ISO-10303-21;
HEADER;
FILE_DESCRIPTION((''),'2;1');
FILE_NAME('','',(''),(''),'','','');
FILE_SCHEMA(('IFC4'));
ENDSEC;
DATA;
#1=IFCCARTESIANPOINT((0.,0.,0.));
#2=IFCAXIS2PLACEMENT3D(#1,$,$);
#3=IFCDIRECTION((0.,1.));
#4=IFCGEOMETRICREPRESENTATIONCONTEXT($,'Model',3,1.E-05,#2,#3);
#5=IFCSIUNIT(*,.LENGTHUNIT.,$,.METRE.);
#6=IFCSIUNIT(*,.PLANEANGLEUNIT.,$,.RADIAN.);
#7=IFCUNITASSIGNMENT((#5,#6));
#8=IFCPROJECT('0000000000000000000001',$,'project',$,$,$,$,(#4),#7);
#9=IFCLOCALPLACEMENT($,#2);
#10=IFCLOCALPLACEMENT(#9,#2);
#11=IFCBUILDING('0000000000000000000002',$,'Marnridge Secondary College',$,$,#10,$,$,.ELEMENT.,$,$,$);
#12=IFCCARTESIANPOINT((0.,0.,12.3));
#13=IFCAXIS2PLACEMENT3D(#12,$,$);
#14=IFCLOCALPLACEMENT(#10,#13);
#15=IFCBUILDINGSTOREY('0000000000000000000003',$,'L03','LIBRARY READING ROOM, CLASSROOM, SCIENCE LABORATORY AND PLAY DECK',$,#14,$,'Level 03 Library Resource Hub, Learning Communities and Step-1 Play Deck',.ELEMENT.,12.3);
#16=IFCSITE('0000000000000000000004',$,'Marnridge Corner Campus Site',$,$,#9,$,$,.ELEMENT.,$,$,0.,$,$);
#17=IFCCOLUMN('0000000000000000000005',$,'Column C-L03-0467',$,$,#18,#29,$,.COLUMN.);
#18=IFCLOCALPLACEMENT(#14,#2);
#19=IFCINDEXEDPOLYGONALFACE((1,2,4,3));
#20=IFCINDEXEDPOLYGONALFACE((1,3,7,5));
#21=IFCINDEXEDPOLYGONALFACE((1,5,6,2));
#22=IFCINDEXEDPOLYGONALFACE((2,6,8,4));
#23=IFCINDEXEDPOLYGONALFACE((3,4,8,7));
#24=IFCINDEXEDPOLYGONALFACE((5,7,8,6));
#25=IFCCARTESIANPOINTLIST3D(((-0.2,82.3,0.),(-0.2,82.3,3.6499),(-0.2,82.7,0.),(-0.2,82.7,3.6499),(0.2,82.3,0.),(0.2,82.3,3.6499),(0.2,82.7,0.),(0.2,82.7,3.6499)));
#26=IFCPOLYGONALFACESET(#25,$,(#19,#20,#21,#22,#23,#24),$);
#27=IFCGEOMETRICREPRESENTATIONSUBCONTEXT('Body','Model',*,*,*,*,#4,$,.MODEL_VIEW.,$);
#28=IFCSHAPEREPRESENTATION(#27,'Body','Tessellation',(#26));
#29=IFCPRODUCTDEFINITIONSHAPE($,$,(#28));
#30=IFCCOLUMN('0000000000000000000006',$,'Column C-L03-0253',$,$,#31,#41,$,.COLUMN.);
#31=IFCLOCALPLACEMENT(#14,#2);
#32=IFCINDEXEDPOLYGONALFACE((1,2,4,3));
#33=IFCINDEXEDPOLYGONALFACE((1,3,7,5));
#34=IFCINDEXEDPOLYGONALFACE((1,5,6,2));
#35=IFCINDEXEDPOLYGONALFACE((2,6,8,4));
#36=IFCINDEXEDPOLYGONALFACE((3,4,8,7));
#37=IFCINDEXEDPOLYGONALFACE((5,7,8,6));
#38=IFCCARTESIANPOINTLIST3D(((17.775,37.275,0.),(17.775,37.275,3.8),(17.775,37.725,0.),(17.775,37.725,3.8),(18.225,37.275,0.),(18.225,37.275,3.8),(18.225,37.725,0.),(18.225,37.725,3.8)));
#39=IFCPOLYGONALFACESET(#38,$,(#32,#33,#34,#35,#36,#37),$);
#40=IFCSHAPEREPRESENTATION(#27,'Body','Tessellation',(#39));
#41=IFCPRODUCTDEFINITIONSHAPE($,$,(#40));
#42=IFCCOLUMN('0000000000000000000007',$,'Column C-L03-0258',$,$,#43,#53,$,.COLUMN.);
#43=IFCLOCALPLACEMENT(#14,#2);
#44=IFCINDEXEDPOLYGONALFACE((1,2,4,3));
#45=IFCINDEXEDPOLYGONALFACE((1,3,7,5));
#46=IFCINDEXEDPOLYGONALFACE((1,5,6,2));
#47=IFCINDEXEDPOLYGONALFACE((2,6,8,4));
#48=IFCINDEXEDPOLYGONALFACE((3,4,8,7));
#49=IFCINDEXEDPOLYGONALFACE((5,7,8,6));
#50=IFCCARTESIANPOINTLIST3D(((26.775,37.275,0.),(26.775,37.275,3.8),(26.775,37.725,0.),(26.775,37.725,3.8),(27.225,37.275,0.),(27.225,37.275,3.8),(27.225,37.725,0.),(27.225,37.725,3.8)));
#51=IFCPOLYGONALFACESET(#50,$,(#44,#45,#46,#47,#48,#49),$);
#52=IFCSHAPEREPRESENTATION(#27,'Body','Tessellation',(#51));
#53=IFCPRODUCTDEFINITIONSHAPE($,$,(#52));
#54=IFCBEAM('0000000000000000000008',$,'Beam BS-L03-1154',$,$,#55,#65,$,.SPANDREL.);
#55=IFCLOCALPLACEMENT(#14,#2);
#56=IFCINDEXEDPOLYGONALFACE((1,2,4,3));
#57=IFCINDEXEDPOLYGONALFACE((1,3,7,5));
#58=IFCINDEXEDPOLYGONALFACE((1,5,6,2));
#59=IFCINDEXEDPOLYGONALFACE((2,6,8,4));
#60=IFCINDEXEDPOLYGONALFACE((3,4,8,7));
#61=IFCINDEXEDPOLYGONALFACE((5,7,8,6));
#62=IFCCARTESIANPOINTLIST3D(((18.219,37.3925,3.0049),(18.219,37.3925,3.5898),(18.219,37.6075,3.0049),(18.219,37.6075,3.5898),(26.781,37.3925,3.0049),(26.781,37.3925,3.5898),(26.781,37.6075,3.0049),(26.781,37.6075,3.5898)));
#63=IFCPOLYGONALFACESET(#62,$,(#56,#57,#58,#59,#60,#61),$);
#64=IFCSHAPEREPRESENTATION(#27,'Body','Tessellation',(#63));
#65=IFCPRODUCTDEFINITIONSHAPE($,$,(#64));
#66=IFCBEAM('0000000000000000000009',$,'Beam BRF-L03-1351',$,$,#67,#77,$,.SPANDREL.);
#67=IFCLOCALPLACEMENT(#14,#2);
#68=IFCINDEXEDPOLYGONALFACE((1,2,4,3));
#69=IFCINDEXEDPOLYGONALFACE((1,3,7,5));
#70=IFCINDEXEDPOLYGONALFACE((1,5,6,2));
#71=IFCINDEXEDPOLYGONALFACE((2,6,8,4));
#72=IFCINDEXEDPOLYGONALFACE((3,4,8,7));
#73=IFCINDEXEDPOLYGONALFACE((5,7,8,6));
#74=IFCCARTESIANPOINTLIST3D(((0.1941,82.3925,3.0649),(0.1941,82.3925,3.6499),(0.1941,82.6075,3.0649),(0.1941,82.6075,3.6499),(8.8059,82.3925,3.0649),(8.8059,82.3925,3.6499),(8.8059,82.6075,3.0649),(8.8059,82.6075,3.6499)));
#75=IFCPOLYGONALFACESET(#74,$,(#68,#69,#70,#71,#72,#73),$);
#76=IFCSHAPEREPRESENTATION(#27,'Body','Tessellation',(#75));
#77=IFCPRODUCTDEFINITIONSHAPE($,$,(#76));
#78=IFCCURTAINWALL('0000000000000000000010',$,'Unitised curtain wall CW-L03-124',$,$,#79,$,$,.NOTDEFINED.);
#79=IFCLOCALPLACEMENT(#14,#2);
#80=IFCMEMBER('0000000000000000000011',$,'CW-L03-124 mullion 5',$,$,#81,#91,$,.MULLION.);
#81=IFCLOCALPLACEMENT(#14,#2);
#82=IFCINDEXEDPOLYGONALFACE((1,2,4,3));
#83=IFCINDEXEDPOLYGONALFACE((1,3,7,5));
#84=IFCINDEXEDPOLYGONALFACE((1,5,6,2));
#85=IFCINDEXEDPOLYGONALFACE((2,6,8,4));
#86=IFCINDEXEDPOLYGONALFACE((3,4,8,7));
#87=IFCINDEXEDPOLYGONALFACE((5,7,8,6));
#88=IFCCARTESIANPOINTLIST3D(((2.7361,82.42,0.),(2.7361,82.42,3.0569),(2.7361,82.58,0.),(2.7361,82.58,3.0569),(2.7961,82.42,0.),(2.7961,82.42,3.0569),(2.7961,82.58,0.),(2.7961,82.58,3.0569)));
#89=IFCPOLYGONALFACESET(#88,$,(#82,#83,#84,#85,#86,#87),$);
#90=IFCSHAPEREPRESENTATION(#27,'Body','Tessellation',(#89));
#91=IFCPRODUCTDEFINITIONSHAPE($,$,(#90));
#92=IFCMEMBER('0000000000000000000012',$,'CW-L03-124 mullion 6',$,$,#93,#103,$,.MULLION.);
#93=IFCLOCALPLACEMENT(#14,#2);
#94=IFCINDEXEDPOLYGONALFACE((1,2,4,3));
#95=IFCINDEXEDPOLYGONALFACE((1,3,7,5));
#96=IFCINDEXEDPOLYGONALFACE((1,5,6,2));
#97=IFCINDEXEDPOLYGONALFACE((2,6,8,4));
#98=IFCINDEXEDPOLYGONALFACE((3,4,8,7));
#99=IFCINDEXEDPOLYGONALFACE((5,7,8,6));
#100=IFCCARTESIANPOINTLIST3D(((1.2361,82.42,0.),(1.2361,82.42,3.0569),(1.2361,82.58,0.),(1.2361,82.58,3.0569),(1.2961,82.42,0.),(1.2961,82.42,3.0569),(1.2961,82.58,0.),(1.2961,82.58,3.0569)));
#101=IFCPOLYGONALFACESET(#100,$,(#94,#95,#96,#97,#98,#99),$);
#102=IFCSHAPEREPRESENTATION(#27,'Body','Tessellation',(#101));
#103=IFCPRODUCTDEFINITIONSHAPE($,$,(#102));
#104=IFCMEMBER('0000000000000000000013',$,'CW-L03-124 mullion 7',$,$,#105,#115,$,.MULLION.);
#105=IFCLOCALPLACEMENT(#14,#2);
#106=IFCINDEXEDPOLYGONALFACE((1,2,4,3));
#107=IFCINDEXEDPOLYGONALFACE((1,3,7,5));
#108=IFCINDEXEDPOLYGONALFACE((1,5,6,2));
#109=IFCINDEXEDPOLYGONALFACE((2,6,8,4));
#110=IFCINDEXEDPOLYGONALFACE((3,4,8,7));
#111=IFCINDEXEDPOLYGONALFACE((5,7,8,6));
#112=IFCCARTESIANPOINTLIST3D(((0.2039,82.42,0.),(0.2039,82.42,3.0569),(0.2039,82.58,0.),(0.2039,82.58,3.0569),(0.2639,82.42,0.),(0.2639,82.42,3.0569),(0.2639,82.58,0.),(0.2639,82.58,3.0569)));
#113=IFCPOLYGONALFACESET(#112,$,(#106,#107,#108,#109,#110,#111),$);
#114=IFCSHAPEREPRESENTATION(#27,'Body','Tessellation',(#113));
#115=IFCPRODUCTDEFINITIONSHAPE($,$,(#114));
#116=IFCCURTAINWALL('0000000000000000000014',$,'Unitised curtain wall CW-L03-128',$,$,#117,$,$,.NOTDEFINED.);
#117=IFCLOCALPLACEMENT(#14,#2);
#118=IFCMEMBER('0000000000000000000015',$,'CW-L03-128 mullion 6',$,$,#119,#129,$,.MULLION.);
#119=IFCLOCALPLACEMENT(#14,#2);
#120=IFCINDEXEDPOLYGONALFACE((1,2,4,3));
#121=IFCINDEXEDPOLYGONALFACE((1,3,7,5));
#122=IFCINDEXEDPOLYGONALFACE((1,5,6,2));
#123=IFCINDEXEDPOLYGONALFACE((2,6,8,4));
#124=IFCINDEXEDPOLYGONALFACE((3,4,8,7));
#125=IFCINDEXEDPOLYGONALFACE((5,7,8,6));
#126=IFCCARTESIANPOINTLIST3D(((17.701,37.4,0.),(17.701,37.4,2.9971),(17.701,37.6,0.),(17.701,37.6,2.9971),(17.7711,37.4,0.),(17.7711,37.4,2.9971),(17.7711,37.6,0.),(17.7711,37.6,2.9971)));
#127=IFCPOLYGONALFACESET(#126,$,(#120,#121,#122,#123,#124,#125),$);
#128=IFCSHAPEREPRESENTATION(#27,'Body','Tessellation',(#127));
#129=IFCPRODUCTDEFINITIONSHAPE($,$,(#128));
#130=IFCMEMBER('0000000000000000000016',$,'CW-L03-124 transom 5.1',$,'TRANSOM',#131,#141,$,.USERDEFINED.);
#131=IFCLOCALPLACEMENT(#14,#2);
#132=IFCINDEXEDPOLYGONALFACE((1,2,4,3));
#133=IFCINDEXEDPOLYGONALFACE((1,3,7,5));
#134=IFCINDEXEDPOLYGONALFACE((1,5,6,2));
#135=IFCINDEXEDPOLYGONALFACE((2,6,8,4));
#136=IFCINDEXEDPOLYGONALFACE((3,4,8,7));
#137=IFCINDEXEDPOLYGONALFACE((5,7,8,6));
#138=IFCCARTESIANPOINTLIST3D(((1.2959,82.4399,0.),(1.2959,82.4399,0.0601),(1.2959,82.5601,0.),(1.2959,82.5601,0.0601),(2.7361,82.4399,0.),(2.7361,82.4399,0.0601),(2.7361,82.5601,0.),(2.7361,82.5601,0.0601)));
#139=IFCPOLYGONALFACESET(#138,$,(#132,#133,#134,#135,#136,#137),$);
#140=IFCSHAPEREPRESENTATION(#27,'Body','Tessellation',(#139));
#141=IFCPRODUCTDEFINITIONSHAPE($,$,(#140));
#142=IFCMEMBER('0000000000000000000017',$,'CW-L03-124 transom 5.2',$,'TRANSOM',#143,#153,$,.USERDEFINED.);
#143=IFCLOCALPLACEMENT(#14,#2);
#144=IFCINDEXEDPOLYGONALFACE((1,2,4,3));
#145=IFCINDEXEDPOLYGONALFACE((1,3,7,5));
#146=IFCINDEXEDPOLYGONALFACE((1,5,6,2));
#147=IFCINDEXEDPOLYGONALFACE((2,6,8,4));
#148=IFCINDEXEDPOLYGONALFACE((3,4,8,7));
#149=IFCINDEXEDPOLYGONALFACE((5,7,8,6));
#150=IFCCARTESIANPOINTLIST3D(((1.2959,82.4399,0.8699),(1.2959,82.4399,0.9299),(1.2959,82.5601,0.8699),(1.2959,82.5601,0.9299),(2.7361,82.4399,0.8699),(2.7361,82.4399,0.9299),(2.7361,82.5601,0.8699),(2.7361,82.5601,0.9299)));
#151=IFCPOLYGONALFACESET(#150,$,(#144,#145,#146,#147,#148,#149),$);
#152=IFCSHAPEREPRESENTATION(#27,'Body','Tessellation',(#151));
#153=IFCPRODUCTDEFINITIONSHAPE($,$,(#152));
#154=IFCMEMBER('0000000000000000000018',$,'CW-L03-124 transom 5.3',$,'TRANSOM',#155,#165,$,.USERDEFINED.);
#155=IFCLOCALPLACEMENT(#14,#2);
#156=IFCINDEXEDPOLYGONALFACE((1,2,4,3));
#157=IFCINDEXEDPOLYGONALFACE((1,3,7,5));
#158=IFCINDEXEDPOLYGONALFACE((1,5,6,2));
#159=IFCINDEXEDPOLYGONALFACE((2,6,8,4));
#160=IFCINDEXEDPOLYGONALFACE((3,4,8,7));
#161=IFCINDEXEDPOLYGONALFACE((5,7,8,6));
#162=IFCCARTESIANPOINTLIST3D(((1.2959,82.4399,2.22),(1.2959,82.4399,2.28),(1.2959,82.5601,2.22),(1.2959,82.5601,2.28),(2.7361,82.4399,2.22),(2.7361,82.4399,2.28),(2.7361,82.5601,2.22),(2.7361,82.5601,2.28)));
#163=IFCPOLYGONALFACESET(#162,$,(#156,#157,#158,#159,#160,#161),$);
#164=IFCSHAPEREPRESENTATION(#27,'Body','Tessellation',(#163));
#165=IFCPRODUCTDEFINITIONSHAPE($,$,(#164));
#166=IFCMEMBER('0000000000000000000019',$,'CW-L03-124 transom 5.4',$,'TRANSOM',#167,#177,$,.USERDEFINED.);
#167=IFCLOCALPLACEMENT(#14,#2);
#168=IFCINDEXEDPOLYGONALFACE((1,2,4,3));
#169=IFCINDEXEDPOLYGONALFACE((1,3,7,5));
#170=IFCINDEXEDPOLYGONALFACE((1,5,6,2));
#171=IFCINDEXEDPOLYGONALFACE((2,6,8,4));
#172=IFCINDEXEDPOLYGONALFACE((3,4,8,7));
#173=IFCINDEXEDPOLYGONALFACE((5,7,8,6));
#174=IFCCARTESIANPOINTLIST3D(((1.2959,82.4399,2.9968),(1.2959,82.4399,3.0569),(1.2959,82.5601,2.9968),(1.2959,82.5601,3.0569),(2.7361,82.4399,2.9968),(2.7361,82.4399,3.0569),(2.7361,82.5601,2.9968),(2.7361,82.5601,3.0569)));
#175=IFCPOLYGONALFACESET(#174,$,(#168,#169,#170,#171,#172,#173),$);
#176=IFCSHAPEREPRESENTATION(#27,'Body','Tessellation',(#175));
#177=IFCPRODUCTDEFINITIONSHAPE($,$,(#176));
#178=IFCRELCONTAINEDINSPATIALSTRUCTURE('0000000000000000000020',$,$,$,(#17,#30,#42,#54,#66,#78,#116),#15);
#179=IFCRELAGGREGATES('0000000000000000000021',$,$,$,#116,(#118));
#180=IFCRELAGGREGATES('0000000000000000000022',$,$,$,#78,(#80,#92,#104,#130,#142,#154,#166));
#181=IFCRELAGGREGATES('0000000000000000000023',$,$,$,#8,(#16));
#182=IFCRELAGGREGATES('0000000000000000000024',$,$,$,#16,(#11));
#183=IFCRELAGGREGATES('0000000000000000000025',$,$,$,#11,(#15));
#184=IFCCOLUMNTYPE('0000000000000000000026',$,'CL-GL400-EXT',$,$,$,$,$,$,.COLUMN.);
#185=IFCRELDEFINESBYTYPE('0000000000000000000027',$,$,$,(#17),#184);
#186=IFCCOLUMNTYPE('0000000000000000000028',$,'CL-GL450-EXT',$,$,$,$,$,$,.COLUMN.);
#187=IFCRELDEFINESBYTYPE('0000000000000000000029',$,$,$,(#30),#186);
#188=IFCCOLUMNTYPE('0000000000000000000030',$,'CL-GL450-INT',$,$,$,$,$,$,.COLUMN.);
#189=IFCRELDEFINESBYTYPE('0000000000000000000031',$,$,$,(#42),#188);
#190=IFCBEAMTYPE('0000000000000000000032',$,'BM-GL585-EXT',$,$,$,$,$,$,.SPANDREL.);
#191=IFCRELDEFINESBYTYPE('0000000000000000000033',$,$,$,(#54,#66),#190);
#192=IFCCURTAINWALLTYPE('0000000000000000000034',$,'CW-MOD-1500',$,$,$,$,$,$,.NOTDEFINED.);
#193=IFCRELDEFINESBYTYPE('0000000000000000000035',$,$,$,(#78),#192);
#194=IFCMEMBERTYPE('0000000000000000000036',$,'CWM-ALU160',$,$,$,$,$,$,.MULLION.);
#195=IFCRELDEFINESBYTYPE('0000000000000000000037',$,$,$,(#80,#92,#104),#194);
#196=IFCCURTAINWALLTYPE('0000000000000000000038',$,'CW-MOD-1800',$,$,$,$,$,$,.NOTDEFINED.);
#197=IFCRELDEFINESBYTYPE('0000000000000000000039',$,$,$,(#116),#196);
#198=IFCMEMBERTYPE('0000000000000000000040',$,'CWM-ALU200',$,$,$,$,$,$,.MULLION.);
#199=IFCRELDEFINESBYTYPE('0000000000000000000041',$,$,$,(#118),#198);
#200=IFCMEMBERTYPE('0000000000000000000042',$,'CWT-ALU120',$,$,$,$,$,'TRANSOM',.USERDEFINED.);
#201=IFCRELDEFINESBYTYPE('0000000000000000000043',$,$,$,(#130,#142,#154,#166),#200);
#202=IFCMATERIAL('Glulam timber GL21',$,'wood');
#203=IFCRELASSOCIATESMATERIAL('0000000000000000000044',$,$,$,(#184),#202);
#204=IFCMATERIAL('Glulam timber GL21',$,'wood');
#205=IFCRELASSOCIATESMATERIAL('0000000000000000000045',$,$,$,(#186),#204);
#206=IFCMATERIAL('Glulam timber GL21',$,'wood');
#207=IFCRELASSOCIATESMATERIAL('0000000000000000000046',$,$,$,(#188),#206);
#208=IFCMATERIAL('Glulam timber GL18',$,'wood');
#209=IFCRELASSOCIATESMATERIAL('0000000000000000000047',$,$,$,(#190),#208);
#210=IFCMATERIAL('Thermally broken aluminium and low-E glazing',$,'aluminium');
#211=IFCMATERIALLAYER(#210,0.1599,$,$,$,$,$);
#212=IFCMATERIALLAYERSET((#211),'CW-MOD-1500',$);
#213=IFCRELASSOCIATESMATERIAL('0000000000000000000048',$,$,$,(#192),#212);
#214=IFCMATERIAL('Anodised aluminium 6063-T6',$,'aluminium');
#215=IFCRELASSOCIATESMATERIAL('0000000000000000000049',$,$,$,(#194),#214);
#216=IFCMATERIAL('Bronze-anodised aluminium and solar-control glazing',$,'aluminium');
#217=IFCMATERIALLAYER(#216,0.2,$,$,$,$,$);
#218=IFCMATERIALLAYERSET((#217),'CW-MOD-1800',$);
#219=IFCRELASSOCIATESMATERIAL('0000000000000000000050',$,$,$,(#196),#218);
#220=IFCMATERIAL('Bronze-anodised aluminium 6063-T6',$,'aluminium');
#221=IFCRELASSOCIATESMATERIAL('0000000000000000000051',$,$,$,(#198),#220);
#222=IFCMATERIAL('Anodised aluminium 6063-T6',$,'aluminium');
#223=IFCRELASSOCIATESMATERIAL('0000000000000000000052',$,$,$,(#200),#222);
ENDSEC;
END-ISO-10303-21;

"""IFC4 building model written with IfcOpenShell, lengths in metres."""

from ifc_helpers import new_model, si_unit, direction, frame, origin, origin_2d, place, context, subcontext, project, spatial, rectangle, extrude, material, layer, layer_set, material_profile, profile_set, type_object, element, aggregate, save


model = new_model("IFC4")

# Units and contexts
model_context = context("Model", 3, precision=1e-05, world=origin(), true_north=direction((0.0, 1.0)))
body_context = subcontext(model_context, "Body", "Model", "MODEL_VIEW")
ifc_project = project(units=[si_unit("LENGTHUNIT", "METRE"), si_unit("PLANEANGLEUNIT", "RADIAN")], contexts=[model_context])

# Site, building, storey
site_placement = place(None, origin())
site = spatial("IfcSite", under=ifc_project, at=site_placement, Name="Marnridge Corner Campus Site", CompositionType="ELEMENT", RefElevation=0.0)
building_placement = place(site_placement, origin())
building = spatial("IfcBuilding", under=site, at=building_placement, Name="Marnridge Secondary College", CompositionType="ELEMENT")
storey_placement = place(building_placement, frame((0.0, 0.0, 12.3)))
storey = spatial("IfcBuildingStorey", under=building, at=storey_placement, Name="L03", Description="LIBRARY READING ROOM, CLASSROOM, SCIENCE LABORATORY AND PLAY DECK", LongName="Level 03 Library Resource Hub, Learning Communities and Step-1 Play Deck", CompositionType="ELEMENT", Elevation=12.3)

# Columns
ifc_material_1 = material(Name="Glulam timber GL21", Category="wood")
ifc_material_profile_1 = material_profile(ifc_material_1, rectangle(XDim=0.3999, YDim=0.3999, at=origin_2d()), Name="GL21 400x400")
ifc_profile_set_1 = profile_set([ifc_material_profile_1], Name="Glulam timber GL21")
column_type_1 = type_object("IfcColumnType", Name="CL-GL400-EXT", PredefinedType="COLUMN", material=ifc_profile_set_1)
column_1_placement = place(storey_placement, frame((0.0, 82.5, 0.0), z_axis=(0.0, 0.0, 1.0), x_axis=(1.0, 0.0, 0.0)))
element("IfcColumn", 1, at=column_1_placement, inside=storey, type_object=column_type_1, Name="Column C-L03-0467", PredefinedType="COLUMN", context=body_context, shape_type="SweptSolid", body=[
    extrude(rectangle(XDim=0.3999, YDim=0.3999, at=origin_2d()), origin(), (0.0, 0.0, 1.0), 3.6499),
])
ifc_material_2 = material(Name="Glulam timber GL21", Category="wood")
ifc_material_profile_2 = material_profile(ifc_material_2, rectangle(XDim=0.45, YDim=0.45, at=origin_2d()), Name="GL21 450x450")
ifc_profile_set_2 = profile_set([ifc_material_profile_2], Name="Glulam timber GL21")
column_type_2 = type_object("IfcColumnType", Name="CL-GL450-EXT", PredefinedType="COLUMN", material=ifc_profile_set_2)
column_2_placement = place(storey_placement, frame((18.0, 37.5, 0.0), z_axis=(0.0, 0.0, 1.0), x_axis=(1.0, 0.0, 0.0)))
element("IfcColumn", 2, at=column_2_placement, inside=storey, type_object=column_type_2, Name="Column C-L03-0253", PredefinedType="COLUMN", context=body_context, shape_type="SweptSolid", body=[
    extrude(rectangle(XDim=0.45, YDim=0.45, at=origin_2d()), origin(), (0.0, 0.0, 1.0), 3.8),
])
ifc_material_3 = material(Name="Glulam timber GL21", Category="wood")
ifc_material_profile_3 = material_profile(ifc_material_3, rectangle(XDim=0.45, YDim=0.45, at=origin_2d()), Name="GL21 450x450")
ifc_profile_set_3 = profile_set([ifc_material_profile_3], Name="Glulam timber GL21")
column_type_3 = type_object("IfcColumnType", Name="CL-GL450-INT", PredefinedType="COLUMN", material=ifc_profile_set_3)
column_3_placement = place(storey_placement, frame((27.0, 37.5, 0.0), z_axis=(0.0, 0.0, 1.0), x_axis=(1.0, 0.0, 0.0)))
element("IfcColumn", 3, at=column_3_placement, inside=storey, type_object=column_type_3, Name="Column C-L03-0258", PredefinedType="COLUMN", context=body_context, shape_type="SweptSolid", body=[
    extrude(rectangle(XDim=0.45, YDim=0.45, at=origin_2d()), origin(), (0.0, 0.0, 1.0), 3.8),
])

# Beams
ifc_material_4 = material(Name="Glulam timber GL18", Category="wood")
ifc_material_profile_4 = material_profile(ifc_material_4, rectangle(XDim=0.2151, YDim=0.585, at=origin_2d()), Name="GL18 215x585")
ifc_profile_set_4 = profile_set([ifc_material_profile_4], Name="Glulam timber GL18")
beam_type = type_object("IfcBeamType", Name="BM-GL585-EXT", PredefinedType="SPANDREL", material=ifc_profile_set_4)
beam_1_placement = place(storey_placement, frame((18.219, 37.5, 3.2974), z_axis=(1.0, 0.0, 0.0), x_axis=(0.0, 1.0, 0.0)))
element("IfcBeam", 4, at=beam_1_placement, inside=storey, type_object=beam_type, Name="Beam BS-L03-1154", PredefinedType="SPANDREL", context=body_context, shape_type="SweptSolid", body=[
    extrude(rectangle(XDim=0.2151, YDim=0.585, at=origin_2d()), origin(), (0.0, 0.0, 1.0), 8.562),
])
beam_2_placement = place(storey_placement, frame((0.1941, 82.5, 3.3574), z_axis=(1.0, 0.0, 0.0), x_axis=(0.0, 1.0, 0.0)))
element("IfcBeam", 5, at=beam_2_placement, inside=storey, type_object=beam_type, Name="Beam BRF-L03-1351", PredefinedType="SPANDREL", context=body_context, shape_type="SweptSolid", body=[
    extrude(rectangle(XDim=0.2151, YDim=0.585, at=origin_2d()), origin(), (0.0, 0.0, 1.0), 8.6118),
])

# Curtain wall, members
ifc_material_5 = material(Name="Thermally broken aluminium and low-E glazing", Category="aluminium")
ifc_layer_1 = layer(ifc_material_5, 0.1599)
ifc_layer_set_1 = layer_set([ifc_layer_1], Name="CW-MOD-1500")
curtain_wall_type_1 = type_object("IfcCurtainWallType", Name="CW-MOD-1500", PredefinedType="NOTDEFINED", material=ifc_layer_set_1)
curtain_wall_1_placement = place(storey_placement, origin())
curtain_wall_1 = element("IfcCurtainWall", 6, at=curtain_wall_1_placement, inside=storey, type_object=curtain_wall_type_1, Name="Unitised curtain wall CW-L03-124", PredefinedType="NOTDEFINED")
ifc_material_6 = material(Name="Anodised aluminium 6063-T6", Category="aluminium")
ifc_material_profile_5 = material_profile(ifc_material_6, rectangle(XDim=0.0601, YDim=0.1599, at=origin_2d()), Name="ALU 60x160")
ifc_profile_set_5 = profile_set([ifc_material_profile_5], Name="Anodised aluminium 6063-T6")
member_type_1 = type_object("IfcMemberType", Name="CWM-ALU160", PredefinedType="MULLION", material=ifc_profile_set_5)
member_1_placement = place(storey_placement, frame((2.7661, 82.5, 0.0), z_axis=(0.0, 0.0, 1.0), x_axis=(-1.0, 0.0, 0.0)))
member_1 = element("IfcMember", 7, at=member_1_placement, type_object=member_type_1, Name="CW-L03-124 mullion 5", PredefinedType="MULLION", context=body_context, shape_type="SweptSolid", body=[
    extrude(rectangle(XDim=0.0601, YDim=0.1599, at=origin_2d()), origin(), (0.0, 0.0, 1.0), 3.0569),
])
member_2_placement = place(storey_placement, frame((1.2661, 82.5, 0.0), z_axis=(0.0, 0.0, 1.0), x_axis=(-1.0, 0.0, 0.0)))
member_2 = element("IfcMember", 8, at=member_2_placement, type_object=member_type_1, Name="CW-L03-124 mullion 6", PredefinedType="MULLION", context=body_context, shape_type="SweptSolid", body=[
    extrude(rectangle(XDim=0.0601, YDim=0.1599, at=origin_2d()), origin(), (0.0, 0.0, 1.0), 3.0569),
])
member_3_placement = place(storey_placement, frame((0.2339, 82.5, 0.0), z_axis=(0.0, 0.0, 1.0), x_axis=(-1.0, 0.0, 0.0)))
member_3 = element("IfcMember", 9, at=member_3_placement, type_object=member_type_1, Name="CW-L03-124 mullion 7", PredefinedType="MULLION", context=body_context, shape_type="SweptSolid", body=[
    extrude(rectangle(XDim=0.0601, YDim=0.1599, at=origin_2d()), origin(), (0.0, 0.0, 1.0), 3.0569),
])

# Curtain wall, member
ifc_material_7 = material(Name="Bronze-anodised aluminium and solar-control glazing", Category="aluminium")
ifc_layer_2 = layer(ifc_material_7, 0.2)
ifc_layer_set_2 = layer_set([ifc_layer_2], Name="CW-MOD-1800")
curtain_wall_type_2 = type_object("IfcCurtainWallType", Name="CW-MOD-1800", PredefinedType="NOTDEFINED", material=ifc_layer_set_2)
curtain_wall_2_placement = place(storey_placement, origin())
curtain_wall_2 = element("IfcCurtainWall", 10, at=curtain_wall_2_placement, inside=storey, type_object=curtain_wall_type_2, Name="Unitised curtain wall CW-L03-128", PredefinedType="NOTDEFINED")
ifc_material_8 = material(Name="Bronze-anodised aluminium 6063-T6", Category="aluminium")
ifc_material_profile_6 = material_profile(ifc_material_8, rectangle(XDim=0.0701, YDim=0.2, at=origin_2d()), Name="ALU 70x200")
ifc_profile_set_6 = profile_set([ifc_material_profile_6], Name="Bronze-anodised aluminium 6063-T6")
member_type_2 = type_object("IfcMemberType", Name="CWM-ALU200", PredefinedType="MULLION", material=ifc_profile_set_6)
member_4_placement = place(storey_placement, frame((17.7361, 37.5, 0.0), z_axis=(0.0, 0.0, 1.0), x_axis=(1.0, 0.0, 0.0)))
member_4 = element("IfcMember", 11, at=member_4_placement, type_object=member_type_2, Name="CW-L03-128 mullion 6", PredefinedType="MULLION", context=body_context, shape_type="SweptSolid", body=[
    extrude(rectangle(XDim=0.0701, YDim=0.2, at=origin_2d()), origin(), (0.0, 0.0, 1.0), 2.9971),
])
aggregate(curtain_wall_2, [member_4])

# Members
ifc_material_9 = material(Name="Anodised aluminium 6063-T6", Category="aluminium")
ifc_material_profile_7 = material_profile(ifc_material_9, rectangle(XDim=0.0601, YDim=0.1201, at=origin_2d()), Name="ALU 60x120")
ifc_profile_set_7 = profile_set([ifc_material_profile_7], Name="Anodised aluminium 6063-T6")
member_type_3 = type_object("IfcMemberType", Name="CWT-ALU120", ElementType="TRANSOM", PredefinedType="USERDEFINED", material=ifc_profile_set_7)
member_5_placement = place(storey_placement, frame((2.7361, 82.5, 0.03), z_axis=(-1.0, 0.0, 0.0), x_axis=(0.0, 0.0, 1.0)))
member_5 = element("IfcMember", 12, at=member_5_placement, type_object=member_type_3, Name="CW-L03-124 transom 5.1", ObjectType="TRANSOM", PredefinedType="USERDEFINED", context=body_context, shape_type="SweptSolid", body=[
    extrude(rectangle(XDim=0.0601, YDim=0.1201, at=origin_2d()), origin(), (0.0, 0.0, 1.0), 1.4402),
])
member_6_placement = place(storey_placement, frame((2.7361, 82.5, 0.8999), z_axis=(-1.0, 0.0, 0.0), x_axis=(0.0, 0.0, 1.0)))
member_6 = element("IfcMember", 13, at=member_6_placement, type_object=member_type_3, Name="CW-L03-124 transom 5.2", ObjectType="TRANSOM", PredefinedType="USERDEFINED", context=body_context, shape_type="SweptSolid", body=[
    extrude(rectangle(XDim=0.0601, YDim=0.1201, at=origin_2d()), origin(), (0.0, 0.0, 1.0), 1.4402),
])
member_7_placement = place(storey_placement, frame((2.7361, 82.5, 2.25), z_axis=(-1.0, 0.0, 0.0), x_axis=(0.0, 0.0, 1.0)))
member_7 = element("IfcMember", 14, at=member_7_placement, type_object=member_type_3, Name="CW-L03-124 transom 5.3", ObjectType="TRANSOM", PredefinedType="USERDEFINED", context=body_context, shape_type="SweptSolid", body=[
    extrude(rectangle(XDim=0.0601, YDim=0.1201, at=origin_2d()), origin(), (0.0, 0.0, 1.0), 1.4402),
])
member_8_placement = place(storey_placement, frame((2.7361, 82.5, 3.0269), z_axis=(-1.0, 0.0, 0.0), x_axis=(0.0, 0.0, 1.0)))
member_8 = element("IfcMember", 15, at=member_8_placement, type_object=member_type_3, Name="CW-L03-124 transom 5.4", ObjectType="TRANSOM", PredefinedType="USERDEFINED", context=body_context, shape_type="SweptSolid", body=[
    extrude(rectangle(XDim=0.0601, YDim=0.1201, at=origin_2d()), origin(), (0.0, 0.0, 1.0), 1.4402),
])

aggregate(curtain_wall_1, [member_1, member_2, member_3, member_5, member_6, member_7, member_8])

save(model, "model.ifc")
